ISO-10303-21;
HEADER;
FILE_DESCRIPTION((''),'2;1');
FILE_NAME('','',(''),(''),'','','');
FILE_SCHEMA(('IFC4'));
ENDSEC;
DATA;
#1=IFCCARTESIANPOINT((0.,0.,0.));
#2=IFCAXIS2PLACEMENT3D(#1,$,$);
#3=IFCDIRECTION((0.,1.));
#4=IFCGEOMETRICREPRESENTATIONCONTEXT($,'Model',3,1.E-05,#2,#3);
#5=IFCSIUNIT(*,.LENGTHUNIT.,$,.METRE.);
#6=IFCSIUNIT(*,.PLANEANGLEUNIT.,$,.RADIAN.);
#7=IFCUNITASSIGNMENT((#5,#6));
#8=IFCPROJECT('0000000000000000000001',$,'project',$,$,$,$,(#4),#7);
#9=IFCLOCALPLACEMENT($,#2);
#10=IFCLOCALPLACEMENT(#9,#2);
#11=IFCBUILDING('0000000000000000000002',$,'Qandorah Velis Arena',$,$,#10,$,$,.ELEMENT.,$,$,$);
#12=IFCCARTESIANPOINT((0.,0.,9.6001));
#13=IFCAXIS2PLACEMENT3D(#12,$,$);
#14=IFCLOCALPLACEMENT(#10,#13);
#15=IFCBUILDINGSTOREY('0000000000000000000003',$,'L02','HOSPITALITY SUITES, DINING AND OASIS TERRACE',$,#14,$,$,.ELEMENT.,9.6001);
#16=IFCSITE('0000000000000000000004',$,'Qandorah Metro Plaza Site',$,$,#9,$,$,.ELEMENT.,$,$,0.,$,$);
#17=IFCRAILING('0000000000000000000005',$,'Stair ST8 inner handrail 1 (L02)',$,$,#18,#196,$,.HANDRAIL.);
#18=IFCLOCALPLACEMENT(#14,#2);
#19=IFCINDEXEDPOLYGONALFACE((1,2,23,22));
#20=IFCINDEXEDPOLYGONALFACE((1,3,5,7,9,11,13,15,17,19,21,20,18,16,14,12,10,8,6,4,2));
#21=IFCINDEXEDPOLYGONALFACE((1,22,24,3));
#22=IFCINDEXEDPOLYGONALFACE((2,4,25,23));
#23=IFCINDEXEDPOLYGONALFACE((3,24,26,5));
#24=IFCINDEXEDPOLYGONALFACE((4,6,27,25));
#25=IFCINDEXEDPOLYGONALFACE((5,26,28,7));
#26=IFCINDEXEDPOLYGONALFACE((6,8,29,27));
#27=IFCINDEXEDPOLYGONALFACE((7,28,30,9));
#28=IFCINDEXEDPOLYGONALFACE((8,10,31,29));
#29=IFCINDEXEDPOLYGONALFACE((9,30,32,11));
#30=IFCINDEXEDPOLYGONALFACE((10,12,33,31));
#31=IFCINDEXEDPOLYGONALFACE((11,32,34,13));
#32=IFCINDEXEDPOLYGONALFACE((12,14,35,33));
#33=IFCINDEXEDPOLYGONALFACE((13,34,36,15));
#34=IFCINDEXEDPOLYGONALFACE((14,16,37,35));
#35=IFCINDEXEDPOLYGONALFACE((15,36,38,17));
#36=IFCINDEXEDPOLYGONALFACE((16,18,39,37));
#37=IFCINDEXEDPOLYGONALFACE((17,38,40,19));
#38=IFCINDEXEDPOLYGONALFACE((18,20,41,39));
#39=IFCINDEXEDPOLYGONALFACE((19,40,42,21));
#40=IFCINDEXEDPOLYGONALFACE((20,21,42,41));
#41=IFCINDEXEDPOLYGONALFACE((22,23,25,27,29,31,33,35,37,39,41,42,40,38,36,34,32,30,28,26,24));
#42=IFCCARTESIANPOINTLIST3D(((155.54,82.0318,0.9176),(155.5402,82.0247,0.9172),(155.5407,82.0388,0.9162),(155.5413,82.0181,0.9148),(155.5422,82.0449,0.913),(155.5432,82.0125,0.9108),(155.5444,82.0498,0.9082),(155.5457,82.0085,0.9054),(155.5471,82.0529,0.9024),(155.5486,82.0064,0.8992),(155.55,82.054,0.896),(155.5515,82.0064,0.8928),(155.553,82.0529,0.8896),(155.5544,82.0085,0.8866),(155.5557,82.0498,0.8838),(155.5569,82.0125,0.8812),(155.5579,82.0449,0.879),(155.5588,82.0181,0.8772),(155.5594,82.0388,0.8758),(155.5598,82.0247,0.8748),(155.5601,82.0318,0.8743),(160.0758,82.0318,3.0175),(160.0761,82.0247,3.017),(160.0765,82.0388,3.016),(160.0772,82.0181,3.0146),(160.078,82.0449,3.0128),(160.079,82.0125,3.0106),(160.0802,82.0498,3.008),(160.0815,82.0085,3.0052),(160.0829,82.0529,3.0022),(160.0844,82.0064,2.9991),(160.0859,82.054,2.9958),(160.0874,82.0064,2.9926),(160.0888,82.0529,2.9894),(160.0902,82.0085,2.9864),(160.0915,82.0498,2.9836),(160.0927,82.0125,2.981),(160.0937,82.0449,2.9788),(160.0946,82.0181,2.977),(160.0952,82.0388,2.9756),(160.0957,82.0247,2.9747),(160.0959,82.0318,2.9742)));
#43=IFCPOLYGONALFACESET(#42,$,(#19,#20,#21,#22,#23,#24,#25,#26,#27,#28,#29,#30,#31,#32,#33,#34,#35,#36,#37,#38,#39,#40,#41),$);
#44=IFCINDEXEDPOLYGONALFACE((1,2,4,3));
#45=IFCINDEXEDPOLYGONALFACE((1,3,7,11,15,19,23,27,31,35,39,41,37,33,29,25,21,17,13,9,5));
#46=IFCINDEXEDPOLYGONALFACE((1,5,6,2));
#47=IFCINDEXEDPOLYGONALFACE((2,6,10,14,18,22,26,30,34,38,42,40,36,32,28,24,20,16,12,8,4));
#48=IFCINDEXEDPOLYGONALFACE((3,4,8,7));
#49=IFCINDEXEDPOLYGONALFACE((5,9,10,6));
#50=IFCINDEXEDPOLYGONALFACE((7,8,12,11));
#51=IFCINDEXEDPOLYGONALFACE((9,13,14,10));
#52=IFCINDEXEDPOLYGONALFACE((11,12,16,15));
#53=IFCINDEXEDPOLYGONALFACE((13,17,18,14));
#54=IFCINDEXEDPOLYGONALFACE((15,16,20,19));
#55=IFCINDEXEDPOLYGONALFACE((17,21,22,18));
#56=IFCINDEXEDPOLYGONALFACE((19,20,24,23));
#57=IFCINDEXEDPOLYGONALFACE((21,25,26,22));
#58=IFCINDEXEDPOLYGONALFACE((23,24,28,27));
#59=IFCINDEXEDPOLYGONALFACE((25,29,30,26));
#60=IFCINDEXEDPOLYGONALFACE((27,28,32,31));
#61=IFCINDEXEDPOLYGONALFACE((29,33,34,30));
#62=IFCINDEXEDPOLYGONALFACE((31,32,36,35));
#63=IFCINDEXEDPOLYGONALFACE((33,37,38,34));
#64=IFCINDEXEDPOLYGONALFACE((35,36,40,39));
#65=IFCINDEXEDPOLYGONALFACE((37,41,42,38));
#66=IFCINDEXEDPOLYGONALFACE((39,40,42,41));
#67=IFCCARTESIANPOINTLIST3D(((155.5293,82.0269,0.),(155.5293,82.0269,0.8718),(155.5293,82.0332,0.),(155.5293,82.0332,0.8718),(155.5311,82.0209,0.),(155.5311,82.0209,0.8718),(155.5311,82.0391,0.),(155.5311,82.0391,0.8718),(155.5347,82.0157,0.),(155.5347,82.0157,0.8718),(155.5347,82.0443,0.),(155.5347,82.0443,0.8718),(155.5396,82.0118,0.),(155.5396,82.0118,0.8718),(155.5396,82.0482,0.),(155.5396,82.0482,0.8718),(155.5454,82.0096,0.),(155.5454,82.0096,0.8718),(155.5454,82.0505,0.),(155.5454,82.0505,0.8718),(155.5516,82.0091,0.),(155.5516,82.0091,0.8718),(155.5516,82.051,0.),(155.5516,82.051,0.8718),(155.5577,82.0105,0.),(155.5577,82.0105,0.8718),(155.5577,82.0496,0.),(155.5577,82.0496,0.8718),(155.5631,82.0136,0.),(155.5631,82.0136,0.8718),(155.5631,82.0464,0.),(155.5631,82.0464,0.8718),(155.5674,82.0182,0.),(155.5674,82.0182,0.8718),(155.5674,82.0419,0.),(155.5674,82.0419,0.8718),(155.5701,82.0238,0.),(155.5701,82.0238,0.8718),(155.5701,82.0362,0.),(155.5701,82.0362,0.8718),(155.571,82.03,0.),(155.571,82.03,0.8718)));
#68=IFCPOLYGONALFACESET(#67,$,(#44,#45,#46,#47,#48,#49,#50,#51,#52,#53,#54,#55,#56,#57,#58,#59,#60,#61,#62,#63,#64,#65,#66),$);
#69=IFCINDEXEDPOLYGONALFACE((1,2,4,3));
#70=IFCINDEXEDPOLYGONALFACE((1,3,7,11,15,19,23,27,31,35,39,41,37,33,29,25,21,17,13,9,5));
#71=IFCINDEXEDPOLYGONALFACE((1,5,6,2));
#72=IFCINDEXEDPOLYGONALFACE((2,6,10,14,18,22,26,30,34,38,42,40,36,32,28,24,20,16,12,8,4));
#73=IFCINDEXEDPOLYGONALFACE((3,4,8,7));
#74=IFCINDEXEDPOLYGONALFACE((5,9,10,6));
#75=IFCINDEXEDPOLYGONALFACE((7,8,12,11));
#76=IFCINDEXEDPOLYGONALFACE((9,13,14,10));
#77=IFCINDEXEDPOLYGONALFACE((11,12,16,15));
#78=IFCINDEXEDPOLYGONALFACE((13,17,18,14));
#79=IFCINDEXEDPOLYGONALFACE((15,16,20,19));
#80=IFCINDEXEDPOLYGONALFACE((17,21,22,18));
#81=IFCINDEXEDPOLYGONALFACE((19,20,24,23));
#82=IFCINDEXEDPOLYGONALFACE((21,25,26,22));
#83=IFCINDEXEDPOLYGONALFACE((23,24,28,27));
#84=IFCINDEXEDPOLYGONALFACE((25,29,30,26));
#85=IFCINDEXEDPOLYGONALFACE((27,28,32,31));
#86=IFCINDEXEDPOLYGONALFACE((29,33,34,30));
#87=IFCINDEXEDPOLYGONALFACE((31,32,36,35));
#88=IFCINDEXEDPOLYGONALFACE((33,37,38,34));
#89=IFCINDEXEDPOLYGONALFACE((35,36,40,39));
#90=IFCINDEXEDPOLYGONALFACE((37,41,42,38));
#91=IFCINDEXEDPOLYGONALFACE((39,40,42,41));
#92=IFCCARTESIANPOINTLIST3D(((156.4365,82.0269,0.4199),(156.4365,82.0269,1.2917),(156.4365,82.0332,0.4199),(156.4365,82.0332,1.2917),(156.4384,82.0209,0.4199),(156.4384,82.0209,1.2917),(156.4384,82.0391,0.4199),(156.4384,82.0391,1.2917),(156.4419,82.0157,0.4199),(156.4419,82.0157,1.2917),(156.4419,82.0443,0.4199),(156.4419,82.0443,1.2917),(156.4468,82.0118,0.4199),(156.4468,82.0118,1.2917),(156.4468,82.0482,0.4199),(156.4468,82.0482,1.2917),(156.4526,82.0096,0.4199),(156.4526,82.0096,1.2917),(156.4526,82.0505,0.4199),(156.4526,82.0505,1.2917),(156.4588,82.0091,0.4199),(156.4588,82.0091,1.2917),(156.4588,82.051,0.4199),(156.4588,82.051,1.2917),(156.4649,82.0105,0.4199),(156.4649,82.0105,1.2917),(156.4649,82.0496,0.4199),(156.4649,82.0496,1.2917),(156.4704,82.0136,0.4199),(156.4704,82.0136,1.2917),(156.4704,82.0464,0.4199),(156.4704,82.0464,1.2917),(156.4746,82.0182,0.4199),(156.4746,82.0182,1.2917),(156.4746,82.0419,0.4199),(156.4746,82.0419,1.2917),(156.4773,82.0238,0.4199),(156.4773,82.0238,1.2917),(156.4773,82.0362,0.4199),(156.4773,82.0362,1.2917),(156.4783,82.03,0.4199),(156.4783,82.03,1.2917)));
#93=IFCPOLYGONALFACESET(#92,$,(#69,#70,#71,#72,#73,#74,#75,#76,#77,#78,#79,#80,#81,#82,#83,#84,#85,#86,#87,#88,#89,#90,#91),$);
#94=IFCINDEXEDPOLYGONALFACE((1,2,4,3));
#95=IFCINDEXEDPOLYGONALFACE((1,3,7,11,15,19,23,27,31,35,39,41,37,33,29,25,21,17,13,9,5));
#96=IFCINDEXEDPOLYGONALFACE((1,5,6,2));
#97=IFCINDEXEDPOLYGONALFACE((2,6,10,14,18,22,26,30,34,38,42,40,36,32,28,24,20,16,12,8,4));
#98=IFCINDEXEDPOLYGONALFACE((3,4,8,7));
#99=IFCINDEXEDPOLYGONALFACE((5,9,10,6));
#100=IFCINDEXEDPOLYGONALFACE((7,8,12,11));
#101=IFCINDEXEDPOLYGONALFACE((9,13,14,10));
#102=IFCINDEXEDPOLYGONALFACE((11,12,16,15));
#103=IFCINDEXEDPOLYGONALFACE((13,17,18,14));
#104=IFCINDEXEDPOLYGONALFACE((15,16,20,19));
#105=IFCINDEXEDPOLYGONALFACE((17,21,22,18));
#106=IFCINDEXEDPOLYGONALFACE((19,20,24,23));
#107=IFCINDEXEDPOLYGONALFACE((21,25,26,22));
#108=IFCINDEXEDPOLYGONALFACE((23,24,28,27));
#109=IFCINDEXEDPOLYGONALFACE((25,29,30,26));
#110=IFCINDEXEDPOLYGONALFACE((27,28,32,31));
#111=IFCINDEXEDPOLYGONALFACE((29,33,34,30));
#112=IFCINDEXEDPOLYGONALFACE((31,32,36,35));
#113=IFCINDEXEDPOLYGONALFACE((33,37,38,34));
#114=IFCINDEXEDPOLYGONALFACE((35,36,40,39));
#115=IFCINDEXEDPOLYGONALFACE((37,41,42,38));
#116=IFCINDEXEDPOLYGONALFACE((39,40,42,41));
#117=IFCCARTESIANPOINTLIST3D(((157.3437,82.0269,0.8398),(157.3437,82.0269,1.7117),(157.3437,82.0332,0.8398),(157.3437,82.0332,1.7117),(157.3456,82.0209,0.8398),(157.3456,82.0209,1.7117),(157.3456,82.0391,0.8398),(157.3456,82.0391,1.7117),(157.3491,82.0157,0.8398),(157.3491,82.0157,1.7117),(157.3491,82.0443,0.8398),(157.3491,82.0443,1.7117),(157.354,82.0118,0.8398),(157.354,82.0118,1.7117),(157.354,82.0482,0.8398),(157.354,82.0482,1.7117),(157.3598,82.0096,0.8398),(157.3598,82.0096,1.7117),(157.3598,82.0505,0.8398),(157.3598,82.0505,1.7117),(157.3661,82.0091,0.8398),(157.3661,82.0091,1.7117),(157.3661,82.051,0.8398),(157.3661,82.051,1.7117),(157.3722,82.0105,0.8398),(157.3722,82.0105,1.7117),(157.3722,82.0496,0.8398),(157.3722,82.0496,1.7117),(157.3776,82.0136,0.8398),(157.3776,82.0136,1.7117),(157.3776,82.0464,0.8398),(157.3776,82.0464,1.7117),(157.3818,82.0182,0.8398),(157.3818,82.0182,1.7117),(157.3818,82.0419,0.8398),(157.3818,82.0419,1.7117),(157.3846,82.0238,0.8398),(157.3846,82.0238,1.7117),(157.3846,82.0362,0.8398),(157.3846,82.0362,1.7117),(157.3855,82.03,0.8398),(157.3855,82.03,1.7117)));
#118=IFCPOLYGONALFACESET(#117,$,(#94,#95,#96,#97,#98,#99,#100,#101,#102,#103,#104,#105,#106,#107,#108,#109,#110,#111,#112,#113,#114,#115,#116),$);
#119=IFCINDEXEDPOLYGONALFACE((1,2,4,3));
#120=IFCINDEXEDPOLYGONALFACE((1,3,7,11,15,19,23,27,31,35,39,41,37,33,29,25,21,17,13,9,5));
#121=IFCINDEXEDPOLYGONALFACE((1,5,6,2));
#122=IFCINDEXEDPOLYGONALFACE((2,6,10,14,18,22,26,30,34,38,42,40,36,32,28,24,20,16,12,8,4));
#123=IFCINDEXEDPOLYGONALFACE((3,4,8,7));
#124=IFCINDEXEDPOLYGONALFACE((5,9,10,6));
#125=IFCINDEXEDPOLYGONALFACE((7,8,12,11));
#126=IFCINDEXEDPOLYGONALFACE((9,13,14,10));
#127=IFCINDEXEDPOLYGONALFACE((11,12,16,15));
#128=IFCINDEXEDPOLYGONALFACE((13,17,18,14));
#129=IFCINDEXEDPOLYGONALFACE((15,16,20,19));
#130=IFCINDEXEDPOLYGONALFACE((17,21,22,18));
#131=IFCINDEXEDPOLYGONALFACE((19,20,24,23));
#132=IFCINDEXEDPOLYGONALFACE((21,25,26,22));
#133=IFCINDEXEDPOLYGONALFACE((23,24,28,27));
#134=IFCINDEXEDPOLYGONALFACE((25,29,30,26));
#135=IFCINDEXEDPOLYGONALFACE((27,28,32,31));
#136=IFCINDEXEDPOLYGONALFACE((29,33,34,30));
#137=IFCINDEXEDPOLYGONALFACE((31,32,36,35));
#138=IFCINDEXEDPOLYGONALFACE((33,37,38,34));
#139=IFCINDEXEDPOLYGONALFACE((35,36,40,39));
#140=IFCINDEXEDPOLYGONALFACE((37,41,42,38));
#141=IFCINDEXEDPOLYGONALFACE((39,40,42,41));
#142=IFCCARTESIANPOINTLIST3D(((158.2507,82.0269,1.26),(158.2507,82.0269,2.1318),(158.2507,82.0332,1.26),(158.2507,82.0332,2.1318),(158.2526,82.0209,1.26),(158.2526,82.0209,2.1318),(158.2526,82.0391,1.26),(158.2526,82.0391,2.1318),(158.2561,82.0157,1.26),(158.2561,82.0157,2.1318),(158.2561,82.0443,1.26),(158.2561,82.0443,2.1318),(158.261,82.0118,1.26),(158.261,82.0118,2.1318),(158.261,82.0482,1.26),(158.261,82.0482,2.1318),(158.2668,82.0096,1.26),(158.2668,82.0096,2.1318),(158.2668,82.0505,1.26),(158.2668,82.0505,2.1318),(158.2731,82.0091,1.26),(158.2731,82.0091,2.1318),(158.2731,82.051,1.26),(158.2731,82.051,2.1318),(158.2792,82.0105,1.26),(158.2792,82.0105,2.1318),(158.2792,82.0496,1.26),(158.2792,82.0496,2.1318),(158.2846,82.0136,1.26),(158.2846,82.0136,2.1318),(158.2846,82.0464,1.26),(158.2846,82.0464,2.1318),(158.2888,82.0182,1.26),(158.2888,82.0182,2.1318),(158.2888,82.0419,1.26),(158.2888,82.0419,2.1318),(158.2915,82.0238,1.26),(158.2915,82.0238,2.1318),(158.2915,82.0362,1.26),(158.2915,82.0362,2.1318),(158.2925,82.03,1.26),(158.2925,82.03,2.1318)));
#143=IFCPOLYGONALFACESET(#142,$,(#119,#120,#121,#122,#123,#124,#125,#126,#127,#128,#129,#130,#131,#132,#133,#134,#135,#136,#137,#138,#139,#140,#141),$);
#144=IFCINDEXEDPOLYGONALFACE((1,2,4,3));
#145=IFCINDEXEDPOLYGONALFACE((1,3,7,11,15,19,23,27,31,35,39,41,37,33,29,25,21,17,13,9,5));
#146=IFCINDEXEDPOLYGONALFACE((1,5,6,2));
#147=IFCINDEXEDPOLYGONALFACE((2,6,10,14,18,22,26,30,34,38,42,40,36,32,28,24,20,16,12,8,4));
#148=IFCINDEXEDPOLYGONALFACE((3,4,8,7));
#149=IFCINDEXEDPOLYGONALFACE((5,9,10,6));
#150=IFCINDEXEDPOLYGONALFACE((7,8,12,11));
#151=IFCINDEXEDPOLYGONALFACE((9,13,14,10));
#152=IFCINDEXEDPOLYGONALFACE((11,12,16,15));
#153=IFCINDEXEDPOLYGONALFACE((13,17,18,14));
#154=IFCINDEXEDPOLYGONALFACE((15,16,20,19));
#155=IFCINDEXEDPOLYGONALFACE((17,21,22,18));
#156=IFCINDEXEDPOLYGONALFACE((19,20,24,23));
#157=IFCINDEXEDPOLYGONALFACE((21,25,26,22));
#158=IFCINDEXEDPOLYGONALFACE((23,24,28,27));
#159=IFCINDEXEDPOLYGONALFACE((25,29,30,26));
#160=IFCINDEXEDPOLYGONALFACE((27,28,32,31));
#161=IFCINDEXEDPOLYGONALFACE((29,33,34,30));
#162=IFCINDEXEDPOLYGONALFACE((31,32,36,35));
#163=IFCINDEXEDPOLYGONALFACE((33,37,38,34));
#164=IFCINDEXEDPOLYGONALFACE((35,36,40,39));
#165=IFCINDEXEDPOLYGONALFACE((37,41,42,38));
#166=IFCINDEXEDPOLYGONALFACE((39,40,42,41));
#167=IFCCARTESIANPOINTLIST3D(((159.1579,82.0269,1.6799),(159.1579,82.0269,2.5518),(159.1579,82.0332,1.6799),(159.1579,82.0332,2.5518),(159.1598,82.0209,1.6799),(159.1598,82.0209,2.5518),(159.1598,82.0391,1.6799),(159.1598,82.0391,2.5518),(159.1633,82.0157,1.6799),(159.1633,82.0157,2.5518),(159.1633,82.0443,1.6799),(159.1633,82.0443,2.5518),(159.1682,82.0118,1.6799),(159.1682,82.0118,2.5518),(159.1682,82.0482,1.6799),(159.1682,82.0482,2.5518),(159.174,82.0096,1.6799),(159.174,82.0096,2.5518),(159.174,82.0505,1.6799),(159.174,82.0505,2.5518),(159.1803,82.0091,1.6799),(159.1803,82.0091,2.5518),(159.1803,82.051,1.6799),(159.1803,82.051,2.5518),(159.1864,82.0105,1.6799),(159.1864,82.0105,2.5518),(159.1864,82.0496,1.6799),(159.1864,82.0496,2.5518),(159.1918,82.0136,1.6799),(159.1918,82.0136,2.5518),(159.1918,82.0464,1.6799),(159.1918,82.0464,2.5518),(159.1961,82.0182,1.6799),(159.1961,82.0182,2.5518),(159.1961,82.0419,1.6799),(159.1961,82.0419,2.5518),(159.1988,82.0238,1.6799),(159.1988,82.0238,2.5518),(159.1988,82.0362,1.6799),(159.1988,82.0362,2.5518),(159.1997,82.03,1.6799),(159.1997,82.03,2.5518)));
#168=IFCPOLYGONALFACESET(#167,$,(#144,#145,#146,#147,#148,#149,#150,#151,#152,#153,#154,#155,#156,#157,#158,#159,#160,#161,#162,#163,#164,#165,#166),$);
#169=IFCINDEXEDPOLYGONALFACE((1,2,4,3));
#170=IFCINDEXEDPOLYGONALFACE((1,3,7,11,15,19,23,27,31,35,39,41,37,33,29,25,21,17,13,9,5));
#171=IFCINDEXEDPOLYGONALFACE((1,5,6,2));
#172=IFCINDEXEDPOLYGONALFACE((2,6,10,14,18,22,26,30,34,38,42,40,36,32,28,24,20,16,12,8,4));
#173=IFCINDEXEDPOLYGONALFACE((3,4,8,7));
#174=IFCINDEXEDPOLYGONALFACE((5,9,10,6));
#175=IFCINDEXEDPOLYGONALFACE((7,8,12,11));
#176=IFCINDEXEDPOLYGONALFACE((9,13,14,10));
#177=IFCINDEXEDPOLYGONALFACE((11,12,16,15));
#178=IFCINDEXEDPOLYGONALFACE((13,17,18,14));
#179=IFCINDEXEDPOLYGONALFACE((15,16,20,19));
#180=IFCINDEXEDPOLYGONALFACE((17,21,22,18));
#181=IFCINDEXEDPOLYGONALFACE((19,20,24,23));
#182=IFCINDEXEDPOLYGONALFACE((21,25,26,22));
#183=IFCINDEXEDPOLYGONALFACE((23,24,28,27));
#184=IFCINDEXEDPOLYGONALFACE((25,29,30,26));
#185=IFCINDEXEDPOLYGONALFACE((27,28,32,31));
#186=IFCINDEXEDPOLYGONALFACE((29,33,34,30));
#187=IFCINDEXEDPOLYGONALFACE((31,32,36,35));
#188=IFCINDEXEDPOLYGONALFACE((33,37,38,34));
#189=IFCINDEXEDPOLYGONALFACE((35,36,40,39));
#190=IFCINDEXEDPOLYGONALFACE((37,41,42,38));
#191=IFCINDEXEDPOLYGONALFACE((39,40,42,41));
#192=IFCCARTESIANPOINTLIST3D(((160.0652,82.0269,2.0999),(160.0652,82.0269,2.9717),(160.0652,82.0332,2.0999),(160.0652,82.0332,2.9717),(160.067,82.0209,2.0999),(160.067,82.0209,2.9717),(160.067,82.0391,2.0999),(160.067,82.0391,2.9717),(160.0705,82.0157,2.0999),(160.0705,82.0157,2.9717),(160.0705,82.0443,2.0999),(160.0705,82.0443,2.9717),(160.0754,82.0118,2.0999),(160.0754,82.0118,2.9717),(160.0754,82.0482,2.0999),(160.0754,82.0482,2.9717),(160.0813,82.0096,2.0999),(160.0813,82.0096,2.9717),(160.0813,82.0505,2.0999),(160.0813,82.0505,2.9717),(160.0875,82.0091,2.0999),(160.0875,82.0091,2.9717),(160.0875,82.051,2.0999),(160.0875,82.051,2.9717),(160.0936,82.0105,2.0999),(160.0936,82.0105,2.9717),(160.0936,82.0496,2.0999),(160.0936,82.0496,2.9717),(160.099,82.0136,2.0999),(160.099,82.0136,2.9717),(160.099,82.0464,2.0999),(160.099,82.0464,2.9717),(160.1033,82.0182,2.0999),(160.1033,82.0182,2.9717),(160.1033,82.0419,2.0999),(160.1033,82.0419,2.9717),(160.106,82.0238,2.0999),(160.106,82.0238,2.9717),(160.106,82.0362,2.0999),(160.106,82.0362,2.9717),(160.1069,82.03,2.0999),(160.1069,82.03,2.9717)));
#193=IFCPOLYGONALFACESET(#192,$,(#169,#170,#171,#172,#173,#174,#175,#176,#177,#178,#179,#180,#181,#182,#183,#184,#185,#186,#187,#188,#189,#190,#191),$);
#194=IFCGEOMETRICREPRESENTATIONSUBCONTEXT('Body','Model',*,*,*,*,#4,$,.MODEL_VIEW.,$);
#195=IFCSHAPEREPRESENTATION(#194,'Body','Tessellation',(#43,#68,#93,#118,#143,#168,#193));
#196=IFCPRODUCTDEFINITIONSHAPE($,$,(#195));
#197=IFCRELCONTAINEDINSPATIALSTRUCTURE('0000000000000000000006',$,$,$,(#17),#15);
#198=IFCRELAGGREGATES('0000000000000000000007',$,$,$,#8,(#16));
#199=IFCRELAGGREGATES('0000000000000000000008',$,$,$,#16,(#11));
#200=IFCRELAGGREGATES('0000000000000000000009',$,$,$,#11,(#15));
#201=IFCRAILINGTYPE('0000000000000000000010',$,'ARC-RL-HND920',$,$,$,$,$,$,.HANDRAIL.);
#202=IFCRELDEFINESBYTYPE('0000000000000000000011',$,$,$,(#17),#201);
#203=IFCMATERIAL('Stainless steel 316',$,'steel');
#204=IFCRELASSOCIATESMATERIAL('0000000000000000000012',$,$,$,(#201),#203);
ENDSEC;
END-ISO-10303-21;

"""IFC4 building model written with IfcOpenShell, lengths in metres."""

from ifc_helpers import new_model, si_unit, direction, frame, origin, origin_2d, place, context, subcontext, project, spatial, circle, extrude, material, type_object, element, save


model = new_model("IFC4")

# Units and contexts
model_context = context("Model", 3, precision=1e-05, world=origin(), true_north=direction((0.0, 1.0)))
body_context = subcontext(model_context, "Body", "Model", "MODEL_VIEW")
ifc_project = project(units=[si_unit("LENGTHUNIT", "METRE"), si_unit("PLANEANGLEUNIT", "RADIAN")], contexts=[model_context])

# Site, building, storey
site_placement = place(None, origin())
site = spatial("IfcSite", under=ifc_project, at=site_placement, Name="Qandorah Metro Plaza Site", CompositionType="ELEMENT", RefElevation=0.0)
building_placement = place(site_placement, origin())
building = spatial("IfcBuilding", under=site, at=building_placement, Name="Qandorah Velis Arena", CompositionType="ELEMENT")
storey_placement = place(building_placement, frame((0.0, 0.0, 9.6001)))
storey = spatial("IfcBuildingStorey", under=building, at=storey_placement, Name="L02", Description="HOSPITALITY SUITES, DINING AND OASIS TERRACE", CompositionType="ELEMENT", Elevation=9.6001)

# Railing
ifc_material_1 = material(Name="Stainless steel 316", Category="steel")
railing_type_1 = type_object("IfcRailingType", Name="ARC-RL-HND920", PredefinedType="HANDRAIL", material=ifc_material_1)
railing_1_placement = place(storey_placement, frame((155.55, 82.03, 0.0)))
element("IfcRailing", 1, at=railing_1_placement, inside=storey, type_object=railing_type_1, Name="Stair ST8 inner handrail 1 (L02)", PredefinedType="HANDRAIL", context=body_context, shape_type="SweptSolid", body=[
    extrude(circle(Radius=0.0239, at=origin_2d()), frame((0.0, 0.0, 0.896), z_axis=(0.907474, 0.0, 0.420108), x_axis=(0.0, 1.0, 0.0)), (0.0, 0.0, 1.0), 4.9983),
    extrude(circle(Radius=0.021, at=origin_2d()), origin(), (0.0, 0.0, 1.0), 0.8718),
    extrude(circle(Radius=0.021, at=origin_2d()), frame((0.9072, 0.0, 0.4199)), (0.0, 0.0, 1.0), 0.8718),
    extrude(circle(Radius=0.021, at=origin_2d()), frame((1.8145, 0.0, 0.8398)), (0.0, 0.0, 1.0), 0.8718),
    extrude(circle(Radius=0.021, at=origin_2d()), frame((2.7214, 0.0, 1.26)), (0.0, 0.0, 1.0), 0.8718),
    extrude(circle(Radius=0.021, at=origin_2d()), frame((3.6287, 0.0, 1.6799)), (0.0, 0.0, 1.0), 0.8718),
    extrude(circle(Radius=0.021, at=origin_2d()), frame((4.5359, 0.0, 2.0999)), (0.0, 0.0, 1.0), 0.8718),
])

save(model, "model.ifc")
